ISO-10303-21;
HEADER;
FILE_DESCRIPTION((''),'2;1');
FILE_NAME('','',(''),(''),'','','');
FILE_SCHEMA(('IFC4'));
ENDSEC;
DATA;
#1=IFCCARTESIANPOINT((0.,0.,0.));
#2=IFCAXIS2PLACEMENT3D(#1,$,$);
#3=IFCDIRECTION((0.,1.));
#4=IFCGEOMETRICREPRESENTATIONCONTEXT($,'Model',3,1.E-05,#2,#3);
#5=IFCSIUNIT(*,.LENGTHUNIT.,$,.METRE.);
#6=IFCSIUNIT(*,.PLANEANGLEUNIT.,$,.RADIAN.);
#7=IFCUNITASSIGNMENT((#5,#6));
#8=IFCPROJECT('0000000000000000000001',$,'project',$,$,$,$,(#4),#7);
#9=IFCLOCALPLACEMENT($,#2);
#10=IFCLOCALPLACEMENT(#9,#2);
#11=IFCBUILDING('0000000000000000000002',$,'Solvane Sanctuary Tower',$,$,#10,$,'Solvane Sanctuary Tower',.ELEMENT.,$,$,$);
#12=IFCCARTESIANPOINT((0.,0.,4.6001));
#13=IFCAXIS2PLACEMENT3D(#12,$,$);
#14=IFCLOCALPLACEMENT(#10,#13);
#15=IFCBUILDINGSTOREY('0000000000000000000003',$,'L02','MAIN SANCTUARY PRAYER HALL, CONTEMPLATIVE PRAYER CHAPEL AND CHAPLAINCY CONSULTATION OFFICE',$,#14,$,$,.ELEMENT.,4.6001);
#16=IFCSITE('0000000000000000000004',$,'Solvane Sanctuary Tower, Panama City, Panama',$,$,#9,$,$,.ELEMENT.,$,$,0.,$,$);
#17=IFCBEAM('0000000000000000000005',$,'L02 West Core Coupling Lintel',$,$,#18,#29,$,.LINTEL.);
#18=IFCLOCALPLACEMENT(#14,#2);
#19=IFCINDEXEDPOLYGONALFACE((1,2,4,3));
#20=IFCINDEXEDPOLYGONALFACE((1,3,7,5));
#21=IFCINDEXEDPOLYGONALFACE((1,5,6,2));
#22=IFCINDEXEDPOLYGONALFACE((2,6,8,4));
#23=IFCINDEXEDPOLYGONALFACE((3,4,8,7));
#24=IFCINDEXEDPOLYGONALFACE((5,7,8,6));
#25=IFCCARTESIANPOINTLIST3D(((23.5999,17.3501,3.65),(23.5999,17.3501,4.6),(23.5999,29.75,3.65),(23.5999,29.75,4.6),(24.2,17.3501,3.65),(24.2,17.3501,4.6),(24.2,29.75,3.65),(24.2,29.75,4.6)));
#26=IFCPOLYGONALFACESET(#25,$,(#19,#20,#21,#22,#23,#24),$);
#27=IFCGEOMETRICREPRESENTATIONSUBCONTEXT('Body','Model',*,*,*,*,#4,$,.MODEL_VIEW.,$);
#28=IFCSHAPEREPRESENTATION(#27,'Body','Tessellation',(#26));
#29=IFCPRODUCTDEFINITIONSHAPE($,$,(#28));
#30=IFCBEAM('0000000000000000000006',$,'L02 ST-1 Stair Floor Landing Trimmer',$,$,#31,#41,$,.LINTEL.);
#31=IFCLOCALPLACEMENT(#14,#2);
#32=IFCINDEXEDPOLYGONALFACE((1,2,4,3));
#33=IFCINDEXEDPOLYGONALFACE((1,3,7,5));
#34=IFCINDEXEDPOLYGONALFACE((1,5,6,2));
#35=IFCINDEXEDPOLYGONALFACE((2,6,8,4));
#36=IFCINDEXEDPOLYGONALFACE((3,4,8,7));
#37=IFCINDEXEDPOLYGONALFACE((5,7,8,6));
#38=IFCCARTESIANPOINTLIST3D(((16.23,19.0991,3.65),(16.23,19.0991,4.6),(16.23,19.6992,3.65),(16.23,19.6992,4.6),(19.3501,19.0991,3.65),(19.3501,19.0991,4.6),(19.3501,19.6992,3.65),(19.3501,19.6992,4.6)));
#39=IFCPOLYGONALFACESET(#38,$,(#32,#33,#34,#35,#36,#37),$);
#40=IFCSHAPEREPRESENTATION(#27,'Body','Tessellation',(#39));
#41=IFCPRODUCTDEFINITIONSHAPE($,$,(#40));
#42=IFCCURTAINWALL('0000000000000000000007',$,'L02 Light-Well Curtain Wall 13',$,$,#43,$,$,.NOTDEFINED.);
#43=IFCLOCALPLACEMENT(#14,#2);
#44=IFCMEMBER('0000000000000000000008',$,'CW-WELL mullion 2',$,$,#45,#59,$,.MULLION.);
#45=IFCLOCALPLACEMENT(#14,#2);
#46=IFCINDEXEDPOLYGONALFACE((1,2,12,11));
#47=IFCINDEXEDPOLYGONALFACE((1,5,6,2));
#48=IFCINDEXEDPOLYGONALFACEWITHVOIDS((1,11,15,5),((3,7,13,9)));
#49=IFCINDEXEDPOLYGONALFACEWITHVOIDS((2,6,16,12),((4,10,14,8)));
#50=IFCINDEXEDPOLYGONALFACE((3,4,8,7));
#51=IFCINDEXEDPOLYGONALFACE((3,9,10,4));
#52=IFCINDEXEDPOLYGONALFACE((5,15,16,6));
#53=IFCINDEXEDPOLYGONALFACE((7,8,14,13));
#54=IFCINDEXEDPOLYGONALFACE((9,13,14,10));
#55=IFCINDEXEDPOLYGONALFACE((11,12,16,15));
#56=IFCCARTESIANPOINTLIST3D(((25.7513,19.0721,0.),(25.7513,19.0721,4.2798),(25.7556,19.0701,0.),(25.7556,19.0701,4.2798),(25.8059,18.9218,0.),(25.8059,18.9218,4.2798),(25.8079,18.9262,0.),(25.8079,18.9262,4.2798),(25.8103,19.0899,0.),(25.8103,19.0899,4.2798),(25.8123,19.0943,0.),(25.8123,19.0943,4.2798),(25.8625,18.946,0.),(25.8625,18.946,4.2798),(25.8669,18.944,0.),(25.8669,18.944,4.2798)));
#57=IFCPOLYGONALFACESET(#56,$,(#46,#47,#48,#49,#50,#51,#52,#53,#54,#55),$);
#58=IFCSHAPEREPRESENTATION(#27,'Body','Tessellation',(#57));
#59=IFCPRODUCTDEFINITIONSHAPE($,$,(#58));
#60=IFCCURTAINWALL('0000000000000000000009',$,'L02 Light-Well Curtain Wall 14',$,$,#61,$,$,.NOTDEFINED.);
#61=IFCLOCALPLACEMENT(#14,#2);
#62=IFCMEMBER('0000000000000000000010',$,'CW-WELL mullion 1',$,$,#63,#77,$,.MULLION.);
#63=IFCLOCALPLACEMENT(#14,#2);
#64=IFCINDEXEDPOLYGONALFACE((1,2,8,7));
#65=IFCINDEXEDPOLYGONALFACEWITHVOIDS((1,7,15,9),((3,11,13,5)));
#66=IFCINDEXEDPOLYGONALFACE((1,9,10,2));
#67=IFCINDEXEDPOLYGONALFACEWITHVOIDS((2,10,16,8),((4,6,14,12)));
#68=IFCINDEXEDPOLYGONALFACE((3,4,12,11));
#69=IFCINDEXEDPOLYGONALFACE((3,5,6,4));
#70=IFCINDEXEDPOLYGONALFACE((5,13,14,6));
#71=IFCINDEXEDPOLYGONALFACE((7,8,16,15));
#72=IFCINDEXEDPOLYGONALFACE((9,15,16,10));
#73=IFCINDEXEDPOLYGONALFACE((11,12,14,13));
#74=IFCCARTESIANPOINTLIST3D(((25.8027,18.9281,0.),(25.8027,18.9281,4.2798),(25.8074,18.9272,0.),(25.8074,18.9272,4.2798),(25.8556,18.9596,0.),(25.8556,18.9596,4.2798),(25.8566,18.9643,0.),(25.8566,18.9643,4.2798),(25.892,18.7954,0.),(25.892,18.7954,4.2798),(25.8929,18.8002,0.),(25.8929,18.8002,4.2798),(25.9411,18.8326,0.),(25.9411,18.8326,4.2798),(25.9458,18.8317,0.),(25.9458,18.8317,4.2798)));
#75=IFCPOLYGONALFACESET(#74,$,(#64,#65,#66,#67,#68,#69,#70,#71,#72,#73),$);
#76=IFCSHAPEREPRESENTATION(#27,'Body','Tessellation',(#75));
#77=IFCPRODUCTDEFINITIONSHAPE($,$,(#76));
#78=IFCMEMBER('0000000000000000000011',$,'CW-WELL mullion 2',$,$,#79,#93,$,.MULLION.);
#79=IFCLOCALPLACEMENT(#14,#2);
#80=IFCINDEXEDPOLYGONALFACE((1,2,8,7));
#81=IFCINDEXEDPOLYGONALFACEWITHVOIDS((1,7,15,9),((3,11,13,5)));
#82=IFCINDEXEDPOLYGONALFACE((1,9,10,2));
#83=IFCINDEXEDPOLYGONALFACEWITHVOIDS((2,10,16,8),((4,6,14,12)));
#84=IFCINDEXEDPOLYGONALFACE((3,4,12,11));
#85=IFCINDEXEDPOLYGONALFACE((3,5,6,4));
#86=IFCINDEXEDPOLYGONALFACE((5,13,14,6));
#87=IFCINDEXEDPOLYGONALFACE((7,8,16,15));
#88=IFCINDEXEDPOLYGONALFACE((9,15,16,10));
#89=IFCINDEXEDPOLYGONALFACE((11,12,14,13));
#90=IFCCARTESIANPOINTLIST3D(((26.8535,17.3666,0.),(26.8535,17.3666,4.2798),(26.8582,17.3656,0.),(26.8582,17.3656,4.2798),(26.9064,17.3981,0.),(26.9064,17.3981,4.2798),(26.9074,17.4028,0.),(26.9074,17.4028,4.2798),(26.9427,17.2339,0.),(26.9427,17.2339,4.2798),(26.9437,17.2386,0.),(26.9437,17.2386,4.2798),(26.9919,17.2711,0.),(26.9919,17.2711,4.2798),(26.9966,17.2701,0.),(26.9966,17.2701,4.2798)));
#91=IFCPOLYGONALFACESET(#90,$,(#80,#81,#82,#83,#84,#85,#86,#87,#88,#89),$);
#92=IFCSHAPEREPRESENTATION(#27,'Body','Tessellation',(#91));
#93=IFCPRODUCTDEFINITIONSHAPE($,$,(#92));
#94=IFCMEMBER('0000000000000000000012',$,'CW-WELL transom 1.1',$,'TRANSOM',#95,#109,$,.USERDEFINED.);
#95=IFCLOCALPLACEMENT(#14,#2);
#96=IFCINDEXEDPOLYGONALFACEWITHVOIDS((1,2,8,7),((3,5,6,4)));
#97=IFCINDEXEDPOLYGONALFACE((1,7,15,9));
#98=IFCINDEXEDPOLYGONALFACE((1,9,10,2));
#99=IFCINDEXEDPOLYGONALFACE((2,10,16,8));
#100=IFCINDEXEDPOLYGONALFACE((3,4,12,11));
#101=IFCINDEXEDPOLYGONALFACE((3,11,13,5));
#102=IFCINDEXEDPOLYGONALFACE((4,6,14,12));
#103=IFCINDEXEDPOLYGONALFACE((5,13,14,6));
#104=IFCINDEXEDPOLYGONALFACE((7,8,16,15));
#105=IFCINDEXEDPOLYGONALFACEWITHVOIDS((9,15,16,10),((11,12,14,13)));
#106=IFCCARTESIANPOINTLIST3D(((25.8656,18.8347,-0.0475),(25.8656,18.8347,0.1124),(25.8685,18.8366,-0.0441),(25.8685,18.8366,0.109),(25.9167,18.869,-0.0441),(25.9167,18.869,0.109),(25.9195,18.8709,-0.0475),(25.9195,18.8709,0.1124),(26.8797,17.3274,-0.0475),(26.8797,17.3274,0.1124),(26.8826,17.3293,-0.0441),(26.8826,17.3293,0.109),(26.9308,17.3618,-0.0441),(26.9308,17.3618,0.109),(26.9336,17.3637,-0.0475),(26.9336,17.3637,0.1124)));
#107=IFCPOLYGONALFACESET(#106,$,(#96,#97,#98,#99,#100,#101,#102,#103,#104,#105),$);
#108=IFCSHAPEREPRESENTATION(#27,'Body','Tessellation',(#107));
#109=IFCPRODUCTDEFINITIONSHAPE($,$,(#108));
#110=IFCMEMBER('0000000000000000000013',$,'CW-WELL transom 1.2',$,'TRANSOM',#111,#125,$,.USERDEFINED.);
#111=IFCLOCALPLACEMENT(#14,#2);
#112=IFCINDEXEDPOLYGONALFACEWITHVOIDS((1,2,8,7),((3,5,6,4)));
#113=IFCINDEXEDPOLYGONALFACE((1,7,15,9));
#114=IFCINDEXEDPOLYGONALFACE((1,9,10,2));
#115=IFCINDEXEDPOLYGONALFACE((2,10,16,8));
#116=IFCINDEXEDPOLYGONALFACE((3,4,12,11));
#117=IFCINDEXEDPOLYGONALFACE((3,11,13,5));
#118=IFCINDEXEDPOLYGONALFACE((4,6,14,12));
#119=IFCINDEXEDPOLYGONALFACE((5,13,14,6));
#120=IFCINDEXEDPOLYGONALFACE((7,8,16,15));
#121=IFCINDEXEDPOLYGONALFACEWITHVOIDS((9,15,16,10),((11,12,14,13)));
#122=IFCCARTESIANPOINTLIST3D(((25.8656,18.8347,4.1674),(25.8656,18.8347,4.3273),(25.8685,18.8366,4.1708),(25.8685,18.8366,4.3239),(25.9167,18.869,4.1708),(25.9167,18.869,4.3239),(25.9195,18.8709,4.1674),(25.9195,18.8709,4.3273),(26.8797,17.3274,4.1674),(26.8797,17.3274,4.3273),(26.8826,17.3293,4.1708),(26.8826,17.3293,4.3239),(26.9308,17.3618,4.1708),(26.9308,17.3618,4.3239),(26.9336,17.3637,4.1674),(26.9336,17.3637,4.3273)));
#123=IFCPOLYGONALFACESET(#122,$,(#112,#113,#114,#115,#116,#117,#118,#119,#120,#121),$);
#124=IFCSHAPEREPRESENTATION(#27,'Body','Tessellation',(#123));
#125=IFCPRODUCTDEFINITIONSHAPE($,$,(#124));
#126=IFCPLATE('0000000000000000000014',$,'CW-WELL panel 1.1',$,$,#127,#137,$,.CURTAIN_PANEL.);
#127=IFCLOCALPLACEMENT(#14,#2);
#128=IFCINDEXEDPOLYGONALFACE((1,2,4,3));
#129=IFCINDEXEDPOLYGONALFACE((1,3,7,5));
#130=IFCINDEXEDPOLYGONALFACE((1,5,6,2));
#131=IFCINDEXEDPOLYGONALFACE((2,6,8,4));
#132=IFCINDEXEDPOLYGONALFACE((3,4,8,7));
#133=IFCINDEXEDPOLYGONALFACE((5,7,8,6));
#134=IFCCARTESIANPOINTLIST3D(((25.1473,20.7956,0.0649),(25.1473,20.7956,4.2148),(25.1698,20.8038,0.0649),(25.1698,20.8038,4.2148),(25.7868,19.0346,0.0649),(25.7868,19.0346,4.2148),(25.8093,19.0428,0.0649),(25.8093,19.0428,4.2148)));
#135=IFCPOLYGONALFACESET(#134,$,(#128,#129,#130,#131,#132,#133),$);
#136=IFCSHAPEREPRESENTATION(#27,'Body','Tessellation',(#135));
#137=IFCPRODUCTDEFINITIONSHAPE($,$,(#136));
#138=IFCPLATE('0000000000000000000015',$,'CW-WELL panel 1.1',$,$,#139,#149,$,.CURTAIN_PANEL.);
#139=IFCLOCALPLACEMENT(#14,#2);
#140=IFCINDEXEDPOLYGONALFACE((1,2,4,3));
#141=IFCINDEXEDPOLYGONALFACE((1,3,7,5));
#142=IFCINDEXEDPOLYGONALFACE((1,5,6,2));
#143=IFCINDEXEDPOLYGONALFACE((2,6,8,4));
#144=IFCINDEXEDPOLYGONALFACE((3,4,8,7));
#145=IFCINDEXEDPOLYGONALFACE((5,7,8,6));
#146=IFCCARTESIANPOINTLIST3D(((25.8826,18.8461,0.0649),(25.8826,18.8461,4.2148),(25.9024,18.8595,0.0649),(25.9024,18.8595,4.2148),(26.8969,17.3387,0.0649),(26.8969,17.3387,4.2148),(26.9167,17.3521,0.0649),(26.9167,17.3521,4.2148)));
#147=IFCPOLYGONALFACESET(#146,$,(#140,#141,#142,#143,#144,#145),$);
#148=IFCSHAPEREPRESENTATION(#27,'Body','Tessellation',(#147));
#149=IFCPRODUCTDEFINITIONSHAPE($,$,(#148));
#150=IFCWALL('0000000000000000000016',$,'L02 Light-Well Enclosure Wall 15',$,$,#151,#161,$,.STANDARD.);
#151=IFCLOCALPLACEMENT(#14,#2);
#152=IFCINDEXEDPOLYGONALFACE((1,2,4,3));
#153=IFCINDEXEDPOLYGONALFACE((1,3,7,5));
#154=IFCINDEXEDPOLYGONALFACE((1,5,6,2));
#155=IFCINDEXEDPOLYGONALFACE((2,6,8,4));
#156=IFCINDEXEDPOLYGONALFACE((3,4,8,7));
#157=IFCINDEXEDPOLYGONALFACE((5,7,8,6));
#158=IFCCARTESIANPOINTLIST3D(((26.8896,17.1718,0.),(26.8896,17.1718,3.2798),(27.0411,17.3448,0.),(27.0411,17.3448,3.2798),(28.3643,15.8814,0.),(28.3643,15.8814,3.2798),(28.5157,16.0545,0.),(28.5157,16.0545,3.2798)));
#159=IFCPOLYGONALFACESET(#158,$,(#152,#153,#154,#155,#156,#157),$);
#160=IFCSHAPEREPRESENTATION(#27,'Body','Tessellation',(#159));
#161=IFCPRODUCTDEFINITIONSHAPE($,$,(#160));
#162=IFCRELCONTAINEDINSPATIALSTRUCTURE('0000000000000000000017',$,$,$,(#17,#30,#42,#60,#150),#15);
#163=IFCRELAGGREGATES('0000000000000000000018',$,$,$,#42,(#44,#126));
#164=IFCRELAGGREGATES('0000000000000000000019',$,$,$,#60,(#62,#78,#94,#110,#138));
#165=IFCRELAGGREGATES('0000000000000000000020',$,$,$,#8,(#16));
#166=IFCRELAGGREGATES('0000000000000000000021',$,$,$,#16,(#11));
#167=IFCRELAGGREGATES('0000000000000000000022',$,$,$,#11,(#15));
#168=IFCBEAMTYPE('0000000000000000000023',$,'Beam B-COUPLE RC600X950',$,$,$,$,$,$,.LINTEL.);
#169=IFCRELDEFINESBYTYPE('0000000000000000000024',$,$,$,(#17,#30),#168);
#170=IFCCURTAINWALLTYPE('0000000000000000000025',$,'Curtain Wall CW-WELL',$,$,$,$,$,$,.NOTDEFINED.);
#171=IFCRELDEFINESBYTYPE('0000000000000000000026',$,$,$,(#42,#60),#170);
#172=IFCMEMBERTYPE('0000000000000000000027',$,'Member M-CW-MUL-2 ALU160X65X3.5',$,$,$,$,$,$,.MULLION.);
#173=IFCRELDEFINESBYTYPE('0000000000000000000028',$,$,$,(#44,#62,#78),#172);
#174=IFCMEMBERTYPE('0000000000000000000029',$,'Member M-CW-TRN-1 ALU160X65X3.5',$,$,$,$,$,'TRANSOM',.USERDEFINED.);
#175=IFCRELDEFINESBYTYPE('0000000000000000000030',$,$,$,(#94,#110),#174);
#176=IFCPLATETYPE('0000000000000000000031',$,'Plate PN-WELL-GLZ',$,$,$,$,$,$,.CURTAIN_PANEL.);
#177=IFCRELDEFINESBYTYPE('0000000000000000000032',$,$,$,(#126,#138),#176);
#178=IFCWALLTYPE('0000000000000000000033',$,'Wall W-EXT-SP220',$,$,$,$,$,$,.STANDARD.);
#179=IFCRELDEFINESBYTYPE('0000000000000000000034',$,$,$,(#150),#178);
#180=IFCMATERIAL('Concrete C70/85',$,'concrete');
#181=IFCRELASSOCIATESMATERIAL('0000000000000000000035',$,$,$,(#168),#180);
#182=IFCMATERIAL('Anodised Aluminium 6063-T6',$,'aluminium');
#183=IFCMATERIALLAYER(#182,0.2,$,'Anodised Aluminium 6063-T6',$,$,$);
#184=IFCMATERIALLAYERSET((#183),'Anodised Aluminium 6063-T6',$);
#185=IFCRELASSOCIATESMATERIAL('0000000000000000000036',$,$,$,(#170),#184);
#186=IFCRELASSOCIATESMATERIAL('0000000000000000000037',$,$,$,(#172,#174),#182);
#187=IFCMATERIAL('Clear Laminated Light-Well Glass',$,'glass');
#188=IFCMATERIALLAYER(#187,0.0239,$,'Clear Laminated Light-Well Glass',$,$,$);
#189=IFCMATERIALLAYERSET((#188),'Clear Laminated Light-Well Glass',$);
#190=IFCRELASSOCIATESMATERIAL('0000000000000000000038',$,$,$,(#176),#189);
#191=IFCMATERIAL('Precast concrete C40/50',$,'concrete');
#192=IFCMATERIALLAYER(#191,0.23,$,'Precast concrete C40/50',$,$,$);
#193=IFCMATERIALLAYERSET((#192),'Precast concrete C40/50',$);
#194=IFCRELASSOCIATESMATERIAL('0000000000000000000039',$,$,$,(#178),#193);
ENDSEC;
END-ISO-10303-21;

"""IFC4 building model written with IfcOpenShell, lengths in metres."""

from ifc_helpers import new_model, si_unit, direction, frame, frame_2d, origin, origin_2d, place, context, subcontext, project, spatial, rectangle, hollow_rectangle, extrude, material, layer, layer_set, material_profile, profile_set, type_object, element, aggregate, save


model = new_model("IFC4")

# Units and contexts
model_context = context("Model", 3, precision=1e-05, world=origin(), true_north=direction((0.0, 1.0)))
body_context = subcontext(model_context, "Body", "Model", "MODEL_VIEW")
ifc_project = project(units=[si_unit("LENGTHUNIT", "METRE"), si_unit("PLANEANGLEUNIT", "RADIAN")], contexts=[model_context])

# Site, building, storey
site_placement = place(None, origin())
site = spatial("IfcSite", under=ifc_project, at=site_placement, Name="Solvane Sanctuary Tower, Panama City, Panama", CompositionType="ELEMENT", RefElevation=0.0)
building_placement = place(site_placement, origin())
building = spatial("IfcBuilding", under=site, at=building_placement, Name="Solvane Sanctuary Tower", LongName="Solvane Sanctuary Tower", CompositionType="ELEMENT")
storey_placement = place(building_placement, frame((0.0, 0.0, 4.6001)))
storey = spatial("IfcBuildingStorey", under=building, at=storey_placement, Name="L02", Description="MAIN SANCTUARY PRAYER HALL, CONTEMPLATIVE PRAYER CHAPEL AND CHAPLAINCY CONSULTATION OFFICE", CompositionType="ELEMENT", Elevation=4.6001)

# Beams
ifc_material_1 = material(Name="Concrete C70/85", Category="concrete")
ifc_material_profile_1 = material_profile(ifc_material_1, rectangle(XDim=0.6001, YDim=0.95, at=origin_2d()), Name="RC600X950")
ifc_profile_set_1 = profile_set([ifc_material_profile_1], Name="Concrete C70/85")
beam_type = type_object("IfcBeamType", Name="Beam B-COUPLE RC600X950", PredefinedType="LINTEL", material=ifc_profile_set_1)
beam_1_placement = place(storey_placement, frame((23.8999, 17.3501, 4.125), z_axis=(0.0, 1.0, 0.0), x_axis=(-1.0, 0.0, 0.0)))
element("IfcBeam", 1, at=beam_1_placement, inside=storey, type_object=beam_type, Name="L02 West Core Coupling Lintel", PredefinedType="LINTEL", context=body_context, shape_type="SweptSolid", body=[
    extrude(rectangle(XDim=0.6001, YDim=0.95, at=origin_2d()), origin(), (0.0, 0.0, 1.0), 12.3999),
])
beam_2_placement = place(storey_placement, frame((16.23, 19.3992, 4.125), z_axis=(1.0, 0.0, 0.0), x_axis=(0.0, 1.0, 0.0)))
element("IfcBeam", 2, at=beam_2_placement, inside=storey, type_object=beam_type, Name="L02 ST-1 Stair Floor Landing Trimmer", PredefinedType="LINTEL", context=body_context, shape_type="SweptSolid", body=[
    extrude(rectangle(XDim=0.6001, YDim=0.95, at=origin_2d()), origin(), (0.0, 0.0, 1.0), 3.1201),
])

# Curtain wall, member
ifc_material_2 = material(Name="Anodised Aluminium 6063-T6", Category="aluminium")
ifc_layer_1 = layer(ifc_material_2, 0.2, Name="Anodised Aluminium 6063-T6")
ifc_layer_set_1 = layer_set([ifc_layer_1], Name="Anodised Aluminium 6063-T6")
curtain_wall_type = type_object("IfcCurtainWallType", Name="Curtain Wall CW-WELL", PredefinedType="NOTDEFINED", material=ifc_layer_set_1)
curtain_wall_1_placement = place(storey_placement, origin())
curtain_wall_1 = element("IfcCurtainWall", 3, at=curtain_wall_1_placement, inside=storey, type_object=curtain_wall_type, Name="L02 Light-Well Curtain Wall 13", PredefinedType="NOTDEFINED")
ifc_material_profile_2 = material_profile(ifc_material_2, hollow_rectangle(XDim=0.0649, YDim=0.1599, WallThickness=0.0034, at=origin_2d()), Name="ALU160X65X3.5")
ifc_profile_set_2 = profile_set([ifc_material_profile_2], Name="Anodised Aluminium 6063-T6")
member_type_1 = type_object("IfcMemberType", Name="Member M-CW-MUL-2 ALU160X65X3.5", PredefinedType="MULLION", material=ifc_profile_set_2)
member_1_placement = place(storey_placement, frame((25.8091, 19.0081, 0.0), z_axis=(0.0, 0.0, 1.0), x_axis=(0.939938, 0.341346, 0.0)))
member_1 = element("IfcMember", 4, at=member_1_placement, type_object=member_type_1, Name="CW-WELL mullion 2", PredefinedType="MULLION", context=body_context, shape_type="SweptSolid", body=[
    extrude(hollow_rectangle(XDim=0.0649, YDim=0.1599, WallThickness=0.0034, at=origin_2d()), origin(), (0.0, 0.0, 1.0), 4.2798),
])

# Curtain wall, members
curtain_wall_2_placement = place(storey_placement, origin())
curtain_wall_2 = element("IfcCurtainWall", 5, at=curtain_wall_2_placement, inside=storey, type_object=curtain_wall_type, Name="L02 Light-Well Curtain Wall 14", PredefinedType="NOTDEFINED")
member_2_placement = place(storey_placement, frame((25.8743, 18.8799, 0.0), z_axis=(0.0, 0.0, 1.0), x_axis=(0.829664, 0.558263, 0.0)))
member_2 = element("IfcMember", 6, at=member_2_placement, type_object=member_type_1, Name="CW-WELL mullion 1", PredefinedType="MULLION", context=body_context, shape_type="SweptSolid", body=[
    extrude(hollow_rectangle(XDim=0.0649, YDim=0.1599, WallThickness=0.0034, at=origin_2d()), origin(), (0.0, 0.0, 1.0), 4.2798),
])
member_3_placement = place(storey_placement, frame((26.925, 17.3184, 0.0), z_axis=(0.0, 0.0, 1.0), x_axis=(0.829664, 0.558263, 0.0)))
member_3 = element("IfcMember", 7, at=member_3_placement, type_object=member_type_1, Name="CW-WELL mullion 2", PredefinedType="MULLION", context=body_context, shape_type="SweptSolid", body=[
    extrude(hollow_rectangle(XDim=0.0649, YDim=0.1599, WallThickness=0.0034, at=origin_2d()), origin(), (0.0, 0.0, 1.0), 4.2798),
])
ifc_material_profile_3 = material_profile(ifc_material_2, hollow_rectangle(XDim=0.0649, YDim=0.1599, WallThickness=0.0034, at=origin_2d()), Name="ALU160X65X3.5")
ifc_profile_set_3 = profile_set([ifc_material_profile_3], Name="Anodised Aluminium 6063-T6")
member_type_2 = type_object("IfcMemberType", Name="Member M-CW-TRN-1 ALU160X65X3.5", ElementType="TRANSOM", PredefinedType="USERDEFINED", material=ifc_profile_set_3)
member_4_placement = place(storey_placement, frame((25.8926, 18.8528, 0.0325), z_axis=(0.558231, -0.829686, 0.0), x_axis=(0.829686, 0.558231, 0.0)))
member_4 = element("IfcMember", 8, at=member_4_placement, type_object=member_type_2, Name="CW-WELL transom 1.1", ObjectType="TRANSOM", PredefinedType="USERDEFINED", context=body_context, shape_type="SweptSolid", body=[
    extrude(hollow_rectangle(XDim=0.0649, YDim=0.1599, WallThickness=0.0034, at=origin_2d()), origin(), (0.0, 0.0, 1.0), 1.8167),
])
member_5_placement = place(storey_placement, frame((25.8926, 18.8528, 4.2473), z_axis=(0.558231, -0.829686, 0.0), x_axis=(0.829686, 0.558231, 0.0)))
member_5 = element("IfcMember", 9, at=member_5_placement, type_object=member_type_2, Name="CW-WELL transom 1.2", ObjectType="TRANSOM", PredefinedType="USERDEFINED", context=body_context, shape_type="SweptSolid", body=[
    extrude(hollow_rectangle(XDim=0.0649, YDim=0.1599, WallThickness=0.0034, at=origin_2d()), origin(), (0.0, 0.0, 1.0), 1.8167),
])

# Plates
ifc_material_3 = material(Name="Clear Laminated Light-Well Glass", Category="glass")
ifc_layer_2 = layer(ifc_material_3, 0.0239, Name="Clear Laminated Light-Well Glass")
ifc_layer_set_2 = layer_set([ifc_layer_2], Name="Clear Laminated Light-Well Glass")
plate_type = type_object("IfcPlateType", Name="Plate PN-WELL-GLZ", PredefinedType="CURTAIN_PANEL", material=ifc_layer_set_2)
plate_1_placement = place(storey_placement, frame((25.4783, 19.9192, 0.0649), z_axis=(0.0, 0.0, 1.0), x_axis=(0.341346, -0.939938, 0.0)))
plate_1 = element("IfcPlate", 10, at=plate_1_placement, type_object=plate_type, Name="CW-WELL panel 1.1", PredefinedType="CURTAIN_PANEL", context=body_context, shape_type="SweptSolid", body=[
    extrude(rectangle(XDim=1.8735, YDim=0.0239, at=origin_2d()), origin(), (0.0, 0.0, 1.0), 4.1499),
])
aggregate(curtain_wall_1, [member_1, plate_1])
plate_2_placement = place(storey_placement, frame((26.3997, 18.0991, 0.0649), z_axis=(0.0, 0.0, 1.0), x_axis=(0.558263, -0.829664, 0.0)))
plate_2 = element("IfcPlate", 11, at=plate_2_placement, type_object=plate_type, Name="CW-WELL panel 1.1", PredefinedType="CURTAIN_PANEL", context=body_context, shape_type="SweptSolid", body=[
    extrude(rectangle(XDim=1.8169, YDim=0.0239, at=origin_2d()), origin(), (0.0, 0.0, 1.0), 4.1499),
])
aggregate(curtain_wall_2, [member_2, member_3, member_4, member_5, plate_2])

# Wall
ifc_material_4 = material(Name="Precast concrete C40/50", Category="concrete")
ifc_layer_3 = layer(ifc_material_4, 0.23, Name="Precast concrete C40/50")
ifc_layer_set_3 = layer_set([ifc_layer_3], Name="Precast concrete C40/50")
wall_type_1 = type_object("IfcWallType", Name="Wall W-EXT-SP220", PredefinedType="STANDARD", material=ifc_layer_set_3)
wall_1_placement = place(storey_placement, frame((26.9653, 17.2583, 0.0), z_axis=(0.0, 0.0, 1.0), x_axis=(0.752577, -0.658505, 0.0)))
element("IfcWall", 12, at=wall_1_placement, inside=storey, type_object=wall_type_1, Name="L02 Light-Well Enclosure Wall 15", PredefinedType="STANDARD", context=body_context, shape_type="SweptSolid", body=[
    extrude(rectangle(XDim=1.9595, YDim=0.23, at=frame_2d((0.9797, 0.0))), origin(), (0.0, 0.0, 1.0), 3.2798),
])

save(model, "model.ifc")
